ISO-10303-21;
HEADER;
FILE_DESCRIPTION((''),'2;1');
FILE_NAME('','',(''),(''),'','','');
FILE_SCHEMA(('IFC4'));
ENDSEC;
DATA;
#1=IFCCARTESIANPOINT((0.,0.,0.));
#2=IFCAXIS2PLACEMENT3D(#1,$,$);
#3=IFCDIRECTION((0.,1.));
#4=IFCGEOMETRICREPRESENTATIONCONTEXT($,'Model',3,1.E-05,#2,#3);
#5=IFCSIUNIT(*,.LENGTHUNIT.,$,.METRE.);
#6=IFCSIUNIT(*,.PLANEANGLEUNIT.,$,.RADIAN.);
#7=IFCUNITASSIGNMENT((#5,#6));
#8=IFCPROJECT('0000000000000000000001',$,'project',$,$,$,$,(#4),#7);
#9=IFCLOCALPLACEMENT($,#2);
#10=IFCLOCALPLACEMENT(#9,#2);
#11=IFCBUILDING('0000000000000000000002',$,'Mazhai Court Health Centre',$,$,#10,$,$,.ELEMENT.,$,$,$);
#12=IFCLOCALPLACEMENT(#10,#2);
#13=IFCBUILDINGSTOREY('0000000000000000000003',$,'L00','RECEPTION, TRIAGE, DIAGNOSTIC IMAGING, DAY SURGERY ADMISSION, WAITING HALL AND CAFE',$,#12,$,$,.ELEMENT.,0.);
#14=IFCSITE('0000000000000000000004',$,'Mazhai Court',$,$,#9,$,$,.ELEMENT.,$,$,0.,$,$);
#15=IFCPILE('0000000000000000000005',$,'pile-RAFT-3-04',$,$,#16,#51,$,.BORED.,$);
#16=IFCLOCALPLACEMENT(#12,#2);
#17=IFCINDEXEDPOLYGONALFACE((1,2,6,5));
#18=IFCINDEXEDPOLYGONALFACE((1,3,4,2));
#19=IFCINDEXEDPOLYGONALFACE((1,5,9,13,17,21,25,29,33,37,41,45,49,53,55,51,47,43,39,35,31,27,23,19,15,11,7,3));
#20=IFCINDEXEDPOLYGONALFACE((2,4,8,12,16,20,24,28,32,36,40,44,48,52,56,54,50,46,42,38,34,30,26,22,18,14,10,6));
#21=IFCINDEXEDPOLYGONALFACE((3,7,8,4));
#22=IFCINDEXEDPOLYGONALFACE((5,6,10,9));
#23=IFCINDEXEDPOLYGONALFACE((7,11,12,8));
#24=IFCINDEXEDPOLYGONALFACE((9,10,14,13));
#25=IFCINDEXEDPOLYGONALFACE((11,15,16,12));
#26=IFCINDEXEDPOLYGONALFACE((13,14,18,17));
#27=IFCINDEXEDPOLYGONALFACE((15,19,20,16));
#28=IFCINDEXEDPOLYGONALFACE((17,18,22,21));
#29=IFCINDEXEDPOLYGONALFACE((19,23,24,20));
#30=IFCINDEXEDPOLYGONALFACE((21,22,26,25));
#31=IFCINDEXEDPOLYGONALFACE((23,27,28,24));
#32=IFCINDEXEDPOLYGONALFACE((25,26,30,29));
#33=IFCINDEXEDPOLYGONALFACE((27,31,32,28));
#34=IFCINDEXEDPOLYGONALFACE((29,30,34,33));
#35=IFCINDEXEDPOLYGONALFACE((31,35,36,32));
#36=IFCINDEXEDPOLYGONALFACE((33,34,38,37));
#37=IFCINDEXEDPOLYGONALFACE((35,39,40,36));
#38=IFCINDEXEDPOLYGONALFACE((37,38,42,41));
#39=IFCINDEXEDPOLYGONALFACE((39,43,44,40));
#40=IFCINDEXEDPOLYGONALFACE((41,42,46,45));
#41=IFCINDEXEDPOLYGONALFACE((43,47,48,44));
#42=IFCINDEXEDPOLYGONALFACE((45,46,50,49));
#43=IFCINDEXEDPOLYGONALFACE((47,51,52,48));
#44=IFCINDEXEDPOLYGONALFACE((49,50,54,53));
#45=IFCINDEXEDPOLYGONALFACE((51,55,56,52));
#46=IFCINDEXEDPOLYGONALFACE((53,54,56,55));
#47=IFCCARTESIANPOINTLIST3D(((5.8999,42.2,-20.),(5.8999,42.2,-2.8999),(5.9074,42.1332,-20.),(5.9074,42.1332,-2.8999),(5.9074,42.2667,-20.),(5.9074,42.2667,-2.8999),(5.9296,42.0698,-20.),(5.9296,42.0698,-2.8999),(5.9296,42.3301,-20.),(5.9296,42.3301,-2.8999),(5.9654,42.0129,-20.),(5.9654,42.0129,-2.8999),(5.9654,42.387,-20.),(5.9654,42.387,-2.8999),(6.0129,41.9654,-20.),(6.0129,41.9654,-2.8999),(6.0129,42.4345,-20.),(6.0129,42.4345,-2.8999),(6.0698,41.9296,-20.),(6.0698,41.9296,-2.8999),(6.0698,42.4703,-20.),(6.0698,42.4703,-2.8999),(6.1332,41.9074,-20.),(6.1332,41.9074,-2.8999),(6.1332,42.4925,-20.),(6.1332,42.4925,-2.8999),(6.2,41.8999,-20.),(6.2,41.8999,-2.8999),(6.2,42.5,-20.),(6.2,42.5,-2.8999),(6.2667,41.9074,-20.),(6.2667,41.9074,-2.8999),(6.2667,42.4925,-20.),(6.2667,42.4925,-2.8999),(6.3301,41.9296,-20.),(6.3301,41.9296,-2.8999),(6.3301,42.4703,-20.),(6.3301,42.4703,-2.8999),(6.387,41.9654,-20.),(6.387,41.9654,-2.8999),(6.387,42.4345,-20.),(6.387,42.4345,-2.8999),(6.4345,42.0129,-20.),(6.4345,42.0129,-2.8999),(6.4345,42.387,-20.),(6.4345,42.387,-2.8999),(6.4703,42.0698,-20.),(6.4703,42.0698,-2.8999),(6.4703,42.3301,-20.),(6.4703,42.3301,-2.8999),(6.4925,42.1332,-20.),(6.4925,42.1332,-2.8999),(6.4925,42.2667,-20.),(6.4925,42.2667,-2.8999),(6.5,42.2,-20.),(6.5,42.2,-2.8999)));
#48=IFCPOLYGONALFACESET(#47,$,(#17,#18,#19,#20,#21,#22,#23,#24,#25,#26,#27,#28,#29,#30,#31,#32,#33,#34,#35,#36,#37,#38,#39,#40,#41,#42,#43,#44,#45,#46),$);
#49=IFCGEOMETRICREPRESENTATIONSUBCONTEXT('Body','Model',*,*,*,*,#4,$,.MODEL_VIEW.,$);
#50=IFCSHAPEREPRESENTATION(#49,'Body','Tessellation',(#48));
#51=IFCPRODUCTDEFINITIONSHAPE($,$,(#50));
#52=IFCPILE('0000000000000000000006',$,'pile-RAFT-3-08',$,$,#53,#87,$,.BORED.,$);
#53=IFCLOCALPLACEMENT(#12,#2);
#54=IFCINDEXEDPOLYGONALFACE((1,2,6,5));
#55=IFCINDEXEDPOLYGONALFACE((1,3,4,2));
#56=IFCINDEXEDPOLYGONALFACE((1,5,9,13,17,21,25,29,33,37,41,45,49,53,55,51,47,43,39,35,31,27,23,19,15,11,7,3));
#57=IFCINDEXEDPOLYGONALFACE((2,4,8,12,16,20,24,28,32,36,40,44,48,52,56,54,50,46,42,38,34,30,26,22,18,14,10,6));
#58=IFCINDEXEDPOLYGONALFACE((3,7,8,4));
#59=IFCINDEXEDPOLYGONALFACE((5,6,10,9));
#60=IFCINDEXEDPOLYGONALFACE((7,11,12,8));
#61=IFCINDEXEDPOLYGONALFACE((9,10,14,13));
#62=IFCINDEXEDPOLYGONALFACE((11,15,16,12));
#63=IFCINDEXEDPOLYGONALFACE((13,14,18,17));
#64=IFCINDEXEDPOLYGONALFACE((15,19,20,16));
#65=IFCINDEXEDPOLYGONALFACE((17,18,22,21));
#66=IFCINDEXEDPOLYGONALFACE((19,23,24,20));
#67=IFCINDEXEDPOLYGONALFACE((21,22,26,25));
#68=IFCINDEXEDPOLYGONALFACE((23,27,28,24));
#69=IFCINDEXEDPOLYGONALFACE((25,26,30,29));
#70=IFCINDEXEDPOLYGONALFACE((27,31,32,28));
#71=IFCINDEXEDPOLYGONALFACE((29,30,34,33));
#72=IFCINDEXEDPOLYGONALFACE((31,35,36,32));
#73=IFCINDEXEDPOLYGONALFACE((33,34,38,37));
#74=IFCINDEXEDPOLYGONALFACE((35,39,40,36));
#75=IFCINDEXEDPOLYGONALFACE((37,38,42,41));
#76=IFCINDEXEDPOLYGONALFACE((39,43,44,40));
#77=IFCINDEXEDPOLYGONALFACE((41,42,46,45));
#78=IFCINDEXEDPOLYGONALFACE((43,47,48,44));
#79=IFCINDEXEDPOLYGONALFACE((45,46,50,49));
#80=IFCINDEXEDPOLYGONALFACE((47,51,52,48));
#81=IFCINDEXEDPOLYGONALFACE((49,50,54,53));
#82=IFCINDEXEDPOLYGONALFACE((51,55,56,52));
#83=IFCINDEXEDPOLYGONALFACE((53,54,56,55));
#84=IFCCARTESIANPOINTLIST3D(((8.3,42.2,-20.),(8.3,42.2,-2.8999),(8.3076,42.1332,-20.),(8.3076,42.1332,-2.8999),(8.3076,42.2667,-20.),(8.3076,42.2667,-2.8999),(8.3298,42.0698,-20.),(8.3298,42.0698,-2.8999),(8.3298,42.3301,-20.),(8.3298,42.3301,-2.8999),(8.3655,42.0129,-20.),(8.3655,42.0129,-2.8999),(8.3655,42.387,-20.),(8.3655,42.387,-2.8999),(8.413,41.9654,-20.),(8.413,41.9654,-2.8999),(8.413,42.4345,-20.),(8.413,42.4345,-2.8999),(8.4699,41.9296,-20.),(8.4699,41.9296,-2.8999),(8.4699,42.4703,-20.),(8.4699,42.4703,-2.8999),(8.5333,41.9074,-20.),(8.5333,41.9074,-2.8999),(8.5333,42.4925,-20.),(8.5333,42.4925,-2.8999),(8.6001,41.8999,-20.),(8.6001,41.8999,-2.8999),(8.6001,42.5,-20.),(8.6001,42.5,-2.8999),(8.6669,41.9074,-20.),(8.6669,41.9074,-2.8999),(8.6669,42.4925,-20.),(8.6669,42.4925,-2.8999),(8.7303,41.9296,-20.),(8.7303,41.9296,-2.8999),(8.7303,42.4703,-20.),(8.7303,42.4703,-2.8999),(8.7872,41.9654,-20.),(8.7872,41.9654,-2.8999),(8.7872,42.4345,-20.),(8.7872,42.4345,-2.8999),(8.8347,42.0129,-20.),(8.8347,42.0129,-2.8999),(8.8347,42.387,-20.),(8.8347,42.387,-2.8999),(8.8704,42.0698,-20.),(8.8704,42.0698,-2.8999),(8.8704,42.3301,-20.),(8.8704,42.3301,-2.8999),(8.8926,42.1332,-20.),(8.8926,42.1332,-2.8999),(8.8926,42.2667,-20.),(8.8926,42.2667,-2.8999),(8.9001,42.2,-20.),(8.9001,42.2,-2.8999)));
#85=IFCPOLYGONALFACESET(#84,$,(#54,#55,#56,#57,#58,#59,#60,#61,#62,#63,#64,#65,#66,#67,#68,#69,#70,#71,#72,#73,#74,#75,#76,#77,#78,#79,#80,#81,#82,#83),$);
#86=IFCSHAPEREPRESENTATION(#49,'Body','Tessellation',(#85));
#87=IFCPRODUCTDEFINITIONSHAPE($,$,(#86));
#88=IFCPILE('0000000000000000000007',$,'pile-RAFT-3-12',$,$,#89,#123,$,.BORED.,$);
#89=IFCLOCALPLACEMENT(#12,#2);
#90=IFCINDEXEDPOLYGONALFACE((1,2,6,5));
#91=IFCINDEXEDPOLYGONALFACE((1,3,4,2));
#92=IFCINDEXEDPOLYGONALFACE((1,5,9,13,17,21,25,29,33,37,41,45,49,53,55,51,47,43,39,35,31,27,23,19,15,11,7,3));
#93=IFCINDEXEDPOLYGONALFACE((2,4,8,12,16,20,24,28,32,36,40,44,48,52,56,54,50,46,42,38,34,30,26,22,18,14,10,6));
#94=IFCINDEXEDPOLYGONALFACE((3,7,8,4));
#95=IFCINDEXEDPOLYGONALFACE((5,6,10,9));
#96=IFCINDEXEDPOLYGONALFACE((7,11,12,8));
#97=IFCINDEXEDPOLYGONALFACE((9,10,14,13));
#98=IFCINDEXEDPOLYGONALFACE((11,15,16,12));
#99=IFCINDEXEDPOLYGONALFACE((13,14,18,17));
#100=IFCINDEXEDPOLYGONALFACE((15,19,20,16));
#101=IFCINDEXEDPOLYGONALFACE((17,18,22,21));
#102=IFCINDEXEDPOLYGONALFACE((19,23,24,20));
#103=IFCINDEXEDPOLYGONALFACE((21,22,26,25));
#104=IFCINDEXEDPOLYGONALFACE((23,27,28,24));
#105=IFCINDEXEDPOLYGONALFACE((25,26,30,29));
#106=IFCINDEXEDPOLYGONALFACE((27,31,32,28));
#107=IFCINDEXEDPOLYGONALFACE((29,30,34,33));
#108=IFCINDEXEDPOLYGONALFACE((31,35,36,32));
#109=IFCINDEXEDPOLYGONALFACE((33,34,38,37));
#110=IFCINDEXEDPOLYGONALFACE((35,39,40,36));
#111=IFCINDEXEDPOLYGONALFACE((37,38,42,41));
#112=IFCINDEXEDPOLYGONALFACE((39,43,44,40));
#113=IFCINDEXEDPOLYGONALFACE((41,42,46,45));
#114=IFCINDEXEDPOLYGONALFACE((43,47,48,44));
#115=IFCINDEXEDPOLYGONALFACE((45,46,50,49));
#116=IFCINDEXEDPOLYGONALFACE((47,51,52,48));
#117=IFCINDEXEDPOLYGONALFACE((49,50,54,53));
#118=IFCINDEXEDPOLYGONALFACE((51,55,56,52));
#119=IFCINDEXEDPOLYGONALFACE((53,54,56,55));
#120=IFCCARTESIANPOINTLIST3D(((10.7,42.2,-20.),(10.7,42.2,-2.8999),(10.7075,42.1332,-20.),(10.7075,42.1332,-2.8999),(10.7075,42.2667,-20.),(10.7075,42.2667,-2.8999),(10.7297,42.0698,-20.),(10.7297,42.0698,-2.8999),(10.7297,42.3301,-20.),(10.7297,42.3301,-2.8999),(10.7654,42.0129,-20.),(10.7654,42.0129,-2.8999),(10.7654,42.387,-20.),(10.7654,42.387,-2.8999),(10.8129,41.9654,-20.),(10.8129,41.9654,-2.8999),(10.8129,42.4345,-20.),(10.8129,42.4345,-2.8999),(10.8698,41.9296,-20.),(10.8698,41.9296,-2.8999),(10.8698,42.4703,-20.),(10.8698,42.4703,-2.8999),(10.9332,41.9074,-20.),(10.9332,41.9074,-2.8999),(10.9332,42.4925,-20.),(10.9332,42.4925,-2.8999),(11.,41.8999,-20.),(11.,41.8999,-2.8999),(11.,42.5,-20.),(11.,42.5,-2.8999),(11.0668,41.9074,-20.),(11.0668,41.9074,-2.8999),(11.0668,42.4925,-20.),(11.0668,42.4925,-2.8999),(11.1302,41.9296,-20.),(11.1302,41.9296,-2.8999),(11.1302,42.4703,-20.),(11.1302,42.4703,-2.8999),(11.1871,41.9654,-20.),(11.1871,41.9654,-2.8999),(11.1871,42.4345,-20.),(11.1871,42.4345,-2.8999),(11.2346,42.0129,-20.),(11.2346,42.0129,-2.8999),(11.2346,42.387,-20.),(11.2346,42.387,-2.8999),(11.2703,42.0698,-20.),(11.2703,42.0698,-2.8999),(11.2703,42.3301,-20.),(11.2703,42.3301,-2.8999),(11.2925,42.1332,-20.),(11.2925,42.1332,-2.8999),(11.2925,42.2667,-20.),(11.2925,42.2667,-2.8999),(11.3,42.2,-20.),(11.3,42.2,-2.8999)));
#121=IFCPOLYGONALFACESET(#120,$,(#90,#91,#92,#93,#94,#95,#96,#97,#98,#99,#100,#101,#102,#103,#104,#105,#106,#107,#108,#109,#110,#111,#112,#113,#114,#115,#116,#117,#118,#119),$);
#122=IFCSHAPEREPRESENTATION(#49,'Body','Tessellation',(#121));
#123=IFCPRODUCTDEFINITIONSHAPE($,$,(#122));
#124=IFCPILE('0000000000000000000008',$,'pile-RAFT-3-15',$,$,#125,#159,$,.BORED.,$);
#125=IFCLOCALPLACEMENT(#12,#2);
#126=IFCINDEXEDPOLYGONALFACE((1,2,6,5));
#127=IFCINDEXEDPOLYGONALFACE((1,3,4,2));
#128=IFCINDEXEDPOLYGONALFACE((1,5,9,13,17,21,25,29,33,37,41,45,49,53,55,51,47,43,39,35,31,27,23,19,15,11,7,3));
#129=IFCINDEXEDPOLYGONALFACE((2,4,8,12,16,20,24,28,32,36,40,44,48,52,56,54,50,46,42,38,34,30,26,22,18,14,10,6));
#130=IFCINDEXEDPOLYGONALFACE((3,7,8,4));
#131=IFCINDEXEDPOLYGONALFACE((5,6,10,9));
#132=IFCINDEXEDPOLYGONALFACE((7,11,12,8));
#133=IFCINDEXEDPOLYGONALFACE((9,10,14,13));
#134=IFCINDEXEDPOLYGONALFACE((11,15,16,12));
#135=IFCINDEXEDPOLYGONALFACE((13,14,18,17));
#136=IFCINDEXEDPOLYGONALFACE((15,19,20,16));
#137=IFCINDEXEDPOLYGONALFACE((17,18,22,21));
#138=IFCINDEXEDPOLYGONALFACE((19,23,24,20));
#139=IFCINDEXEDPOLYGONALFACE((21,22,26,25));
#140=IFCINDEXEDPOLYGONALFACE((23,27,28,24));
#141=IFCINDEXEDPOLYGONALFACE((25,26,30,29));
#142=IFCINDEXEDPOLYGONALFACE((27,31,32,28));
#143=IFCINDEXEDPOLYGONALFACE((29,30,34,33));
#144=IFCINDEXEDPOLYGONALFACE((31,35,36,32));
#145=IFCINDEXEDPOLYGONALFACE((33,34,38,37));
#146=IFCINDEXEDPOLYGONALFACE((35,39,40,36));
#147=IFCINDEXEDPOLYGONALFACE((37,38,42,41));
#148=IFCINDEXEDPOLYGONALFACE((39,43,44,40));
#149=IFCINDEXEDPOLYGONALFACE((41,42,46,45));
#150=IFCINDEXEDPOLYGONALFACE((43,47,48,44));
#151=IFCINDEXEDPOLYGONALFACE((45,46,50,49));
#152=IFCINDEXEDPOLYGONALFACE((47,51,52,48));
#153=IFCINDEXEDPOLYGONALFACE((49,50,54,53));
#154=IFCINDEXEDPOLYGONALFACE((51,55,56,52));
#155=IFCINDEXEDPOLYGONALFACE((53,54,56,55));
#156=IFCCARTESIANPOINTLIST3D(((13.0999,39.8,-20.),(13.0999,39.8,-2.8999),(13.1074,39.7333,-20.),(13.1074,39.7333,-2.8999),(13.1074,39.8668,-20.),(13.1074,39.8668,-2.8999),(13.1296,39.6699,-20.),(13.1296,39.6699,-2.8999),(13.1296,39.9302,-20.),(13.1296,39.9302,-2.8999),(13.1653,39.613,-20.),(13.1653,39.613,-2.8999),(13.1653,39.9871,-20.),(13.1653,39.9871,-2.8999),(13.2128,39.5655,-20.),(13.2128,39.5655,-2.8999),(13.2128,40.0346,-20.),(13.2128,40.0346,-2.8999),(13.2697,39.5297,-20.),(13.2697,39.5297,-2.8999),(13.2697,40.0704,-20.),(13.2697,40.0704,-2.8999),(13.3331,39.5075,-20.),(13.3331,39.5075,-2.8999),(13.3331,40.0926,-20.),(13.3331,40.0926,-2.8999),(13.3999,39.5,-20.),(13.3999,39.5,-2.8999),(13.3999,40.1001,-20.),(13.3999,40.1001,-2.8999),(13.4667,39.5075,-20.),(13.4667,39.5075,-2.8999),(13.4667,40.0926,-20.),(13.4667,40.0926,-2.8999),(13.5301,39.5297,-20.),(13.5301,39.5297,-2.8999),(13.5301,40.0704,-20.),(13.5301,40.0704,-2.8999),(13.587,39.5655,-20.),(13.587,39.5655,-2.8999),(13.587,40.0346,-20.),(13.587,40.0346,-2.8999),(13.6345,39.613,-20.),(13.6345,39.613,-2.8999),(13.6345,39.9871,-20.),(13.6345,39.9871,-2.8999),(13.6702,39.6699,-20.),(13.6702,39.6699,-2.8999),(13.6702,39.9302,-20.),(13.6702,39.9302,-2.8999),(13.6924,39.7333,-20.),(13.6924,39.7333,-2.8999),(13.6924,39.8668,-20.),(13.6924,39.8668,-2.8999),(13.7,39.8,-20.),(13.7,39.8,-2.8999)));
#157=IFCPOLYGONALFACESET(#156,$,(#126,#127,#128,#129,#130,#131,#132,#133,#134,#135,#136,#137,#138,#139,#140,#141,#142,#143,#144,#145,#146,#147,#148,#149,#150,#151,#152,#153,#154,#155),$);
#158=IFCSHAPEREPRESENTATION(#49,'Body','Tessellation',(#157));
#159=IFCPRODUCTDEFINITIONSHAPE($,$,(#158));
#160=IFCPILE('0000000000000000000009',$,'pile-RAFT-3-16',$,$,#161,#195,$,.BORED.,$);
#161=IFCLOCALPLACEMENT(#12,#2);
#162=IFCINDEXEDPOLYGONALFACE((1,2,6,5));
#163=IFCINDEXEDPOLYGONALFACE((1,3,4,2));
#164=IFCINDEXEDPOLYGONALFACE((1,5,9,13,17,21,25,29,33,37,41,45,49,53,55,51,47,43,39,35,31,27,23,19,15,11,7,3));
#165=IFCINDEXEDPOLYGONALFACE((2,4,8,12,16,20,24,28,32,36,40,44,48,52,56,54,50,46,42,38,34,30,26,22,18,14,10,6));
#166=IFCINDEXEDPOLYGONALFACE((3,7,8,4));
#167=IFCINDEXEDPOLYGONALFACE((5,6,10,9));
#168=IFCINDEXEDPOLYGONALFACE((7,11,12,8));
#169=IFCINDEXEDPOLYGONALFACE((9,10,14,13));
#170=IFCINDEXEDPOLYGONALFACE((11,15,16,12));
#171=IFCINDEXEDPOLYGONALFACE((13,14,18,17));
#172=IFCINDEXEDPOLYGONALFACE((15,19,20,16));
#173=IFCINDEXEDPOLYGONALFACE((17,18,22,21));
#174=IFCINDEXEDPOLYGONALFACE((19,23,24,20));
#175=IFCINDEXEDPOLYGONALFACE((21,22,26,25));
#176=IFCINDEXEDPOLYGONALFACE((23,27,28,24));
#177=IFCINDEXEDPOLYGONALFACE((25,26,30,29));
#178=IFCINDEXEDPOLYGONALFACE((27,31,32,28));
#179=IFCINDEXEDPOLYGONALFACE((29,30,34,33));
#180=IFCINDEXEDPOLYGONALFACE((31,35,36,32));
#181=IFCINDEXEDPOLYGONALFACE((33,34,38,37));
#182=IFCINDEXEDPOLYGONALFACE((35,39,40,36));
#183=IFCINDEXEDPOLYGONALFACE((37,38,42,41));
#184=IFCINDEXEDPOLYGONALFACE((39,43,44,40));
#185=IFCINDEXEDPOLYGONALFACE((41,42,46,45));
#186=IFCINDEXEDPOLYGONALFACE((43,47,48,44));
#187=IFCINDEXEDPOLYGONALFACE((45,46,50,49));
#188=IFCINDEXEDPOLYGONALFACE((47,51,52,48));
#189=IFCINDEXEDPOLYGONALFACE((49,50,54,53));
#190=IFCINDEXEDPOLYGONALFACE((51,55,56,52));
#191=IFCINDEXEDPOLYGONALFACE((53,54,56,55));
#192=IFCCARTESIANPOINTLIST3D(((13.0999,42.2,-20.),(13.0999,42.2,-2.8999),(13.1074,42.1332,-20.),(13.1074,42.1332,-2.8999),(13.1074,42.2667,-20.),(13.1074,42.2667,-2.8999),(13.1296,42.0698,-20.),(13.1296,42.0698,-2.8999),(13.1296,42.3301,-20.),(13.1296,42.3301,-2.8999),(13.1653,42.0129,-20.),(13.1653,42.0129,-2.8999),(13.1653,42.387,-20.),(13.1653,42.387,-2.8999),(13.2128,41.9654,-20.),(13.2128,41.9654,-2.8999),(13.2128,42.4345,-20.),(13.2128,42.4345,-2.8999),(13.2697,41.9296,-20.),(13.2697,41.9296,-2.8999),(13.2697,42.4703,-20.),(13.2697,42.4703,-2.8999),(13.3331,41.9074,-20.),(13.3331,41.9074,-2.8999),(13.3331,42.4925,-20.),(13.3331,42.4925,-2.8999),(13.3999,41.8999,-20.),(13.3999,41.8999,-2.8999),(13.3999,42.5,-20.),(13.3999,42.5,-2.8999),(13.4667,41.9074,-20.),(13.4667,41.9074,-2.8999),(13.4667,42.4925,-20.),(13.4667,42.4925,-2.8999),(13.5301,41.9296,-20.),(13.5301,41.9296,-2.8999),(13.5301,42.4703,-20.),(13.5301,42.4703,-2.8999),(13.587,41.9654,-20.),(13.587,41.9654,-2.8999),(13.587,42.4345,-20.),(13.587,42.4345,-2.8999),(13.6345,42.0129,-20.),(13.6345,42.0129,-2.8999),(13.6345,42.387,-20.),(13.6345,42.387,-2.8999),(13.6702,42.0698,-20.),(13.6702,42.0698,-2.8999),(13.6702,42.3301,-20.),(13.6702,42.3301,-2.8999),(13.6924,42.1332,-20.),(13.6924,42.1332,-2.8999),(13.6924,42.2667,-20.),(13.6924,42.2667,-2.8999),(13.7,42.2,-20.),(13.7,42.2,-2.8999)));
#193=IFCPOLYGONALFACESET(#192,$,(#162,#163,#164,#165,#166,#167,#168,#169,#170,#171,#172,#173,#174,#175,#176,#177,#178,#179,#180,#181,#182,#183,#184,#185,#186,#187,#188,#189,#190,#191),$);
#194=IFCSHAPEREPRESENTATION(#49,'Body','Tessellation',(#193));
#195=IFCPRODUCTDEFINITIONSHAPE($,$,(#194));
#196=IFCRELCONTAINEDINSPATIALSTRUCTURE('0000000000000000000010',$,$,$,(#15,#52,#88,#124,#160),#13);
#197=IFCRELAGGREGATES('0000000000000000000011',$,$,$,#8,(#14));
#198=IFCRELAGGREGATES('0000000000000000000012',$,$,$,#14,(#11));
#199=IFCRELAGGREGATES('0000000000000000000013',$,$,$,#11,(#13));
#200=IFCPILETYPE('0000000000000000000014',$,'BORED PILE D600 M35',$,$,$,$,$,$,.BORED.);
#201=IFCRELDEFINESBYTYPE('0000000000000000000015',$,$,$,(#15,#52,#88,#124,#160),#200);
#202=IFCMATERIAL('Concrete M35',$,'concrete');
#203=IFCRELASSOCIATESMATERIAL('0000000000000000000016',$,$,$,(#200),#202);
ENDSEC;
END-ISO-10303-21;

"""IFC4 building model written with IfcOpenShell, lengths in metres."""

from ifc_helpers import new_model, si_unit, direction, frame, origin, origin_2d, place, context, subcontext, project, spatial, circle, extrude, material, material_profile, profile_set, type_object, element, save


model = new_model("IFC4")

# Units and contexts
model_context = context("Model", 3, precision=1e-05, world=origin(), true_north=direction((0.0, 1.0)))
body_context = subcontext(model_context, "Body", "Model", "MODEL_VIEW")
ifc_project = project(units=[si_unit("LENGTHUNIT", "METRE"), si_unit("PLANEANGLEUNIT", "RADIAN")], contexts=[model_context])

# Site, building, storey
site_placement = place(None, origin())
site = spatial("IfcSite", under=ifc_project, at=site_placement, Name="Mazhai Court", CompositionType="ELEMENT", RefElevation=0.0)
building_placement = place(site_placement, origin())
building = spatial("IfcBuilding", under=site, at=building_placement, Name="Mazhai Court Health Centre", CompositionType="ELEMENT")
storey_placement = place(building_placement, origin())
storey = spatial("IfcBuildingStorey", under=building, at=storey_placement, Name="L00", Description="RECEPTION, TRIAGE, DIAGNOSTIC IMAGING, DAY SURGERY ADMISSION, WAITING HALL AND CAFE", CompositionType="ELEMENT", Elevation=0.0)

# Piles
ifc_material_1 = material(Name="Concrete M35", Category="concrete")
ifc_material_profile_1 = material_profile(ifc_material_1, circle(Radius=0.3, at=origin_2d()), Name="RC PILE D600")
ifc_profile_set_1 = profile_set([ifc_material_profile_1], Name="Concrete M35")
pile_type = type_object("IfcPileType", Name="BORED PILE D600 M35", PredefinedType="BORED", material=ifc_profile_set_1)
for number, where, z_axis, x_axis, name in (
    (1, (6.2, 42.2, -2.8999), (0.0, 0.0, -1.0), (1.0, 0.0, 0.0), "pile-RAFT-3-04"),
    (2, (8.6001, 42.2, -2.8999), (0.0, 0.0, -1.0), (1.0, 0.0, 0.0), "pile-RAFT-3-08"),
    (3, (11.0, 42.2, -2.8999), (0.0, 0.0, -1.0), (1.0, 0.0, 0.0), "pile-RAFT-3-12"),
    (4, (13.3999, 39.8, -2.8999), (0.0, 0.0, -1.0), (1.0, 0.0, 0.0), "pile-RAFT-3-15"),
    (5, (13.3999, 42.2, -2.8999), (0.0, 0.0, -1.0), (1.0, 0.0, 0.0), "pile-RAFT-3-16"),
):
    element("IfcPile", number, at=place(storey_placement, frame(where, z_axis=z_axis, x_axis=x_axis)), inside=storey, type_object=pile_type, Name=name, PredefinedType="BORED", context=body_context, shape_type="SweptSolid", body=[
        extrude(circle(Radius=0.3, at=origin_2d()), origin(), (0.0, 0.0, 1.0), 17.1001),
    ])

save(model, "model.ifc")
